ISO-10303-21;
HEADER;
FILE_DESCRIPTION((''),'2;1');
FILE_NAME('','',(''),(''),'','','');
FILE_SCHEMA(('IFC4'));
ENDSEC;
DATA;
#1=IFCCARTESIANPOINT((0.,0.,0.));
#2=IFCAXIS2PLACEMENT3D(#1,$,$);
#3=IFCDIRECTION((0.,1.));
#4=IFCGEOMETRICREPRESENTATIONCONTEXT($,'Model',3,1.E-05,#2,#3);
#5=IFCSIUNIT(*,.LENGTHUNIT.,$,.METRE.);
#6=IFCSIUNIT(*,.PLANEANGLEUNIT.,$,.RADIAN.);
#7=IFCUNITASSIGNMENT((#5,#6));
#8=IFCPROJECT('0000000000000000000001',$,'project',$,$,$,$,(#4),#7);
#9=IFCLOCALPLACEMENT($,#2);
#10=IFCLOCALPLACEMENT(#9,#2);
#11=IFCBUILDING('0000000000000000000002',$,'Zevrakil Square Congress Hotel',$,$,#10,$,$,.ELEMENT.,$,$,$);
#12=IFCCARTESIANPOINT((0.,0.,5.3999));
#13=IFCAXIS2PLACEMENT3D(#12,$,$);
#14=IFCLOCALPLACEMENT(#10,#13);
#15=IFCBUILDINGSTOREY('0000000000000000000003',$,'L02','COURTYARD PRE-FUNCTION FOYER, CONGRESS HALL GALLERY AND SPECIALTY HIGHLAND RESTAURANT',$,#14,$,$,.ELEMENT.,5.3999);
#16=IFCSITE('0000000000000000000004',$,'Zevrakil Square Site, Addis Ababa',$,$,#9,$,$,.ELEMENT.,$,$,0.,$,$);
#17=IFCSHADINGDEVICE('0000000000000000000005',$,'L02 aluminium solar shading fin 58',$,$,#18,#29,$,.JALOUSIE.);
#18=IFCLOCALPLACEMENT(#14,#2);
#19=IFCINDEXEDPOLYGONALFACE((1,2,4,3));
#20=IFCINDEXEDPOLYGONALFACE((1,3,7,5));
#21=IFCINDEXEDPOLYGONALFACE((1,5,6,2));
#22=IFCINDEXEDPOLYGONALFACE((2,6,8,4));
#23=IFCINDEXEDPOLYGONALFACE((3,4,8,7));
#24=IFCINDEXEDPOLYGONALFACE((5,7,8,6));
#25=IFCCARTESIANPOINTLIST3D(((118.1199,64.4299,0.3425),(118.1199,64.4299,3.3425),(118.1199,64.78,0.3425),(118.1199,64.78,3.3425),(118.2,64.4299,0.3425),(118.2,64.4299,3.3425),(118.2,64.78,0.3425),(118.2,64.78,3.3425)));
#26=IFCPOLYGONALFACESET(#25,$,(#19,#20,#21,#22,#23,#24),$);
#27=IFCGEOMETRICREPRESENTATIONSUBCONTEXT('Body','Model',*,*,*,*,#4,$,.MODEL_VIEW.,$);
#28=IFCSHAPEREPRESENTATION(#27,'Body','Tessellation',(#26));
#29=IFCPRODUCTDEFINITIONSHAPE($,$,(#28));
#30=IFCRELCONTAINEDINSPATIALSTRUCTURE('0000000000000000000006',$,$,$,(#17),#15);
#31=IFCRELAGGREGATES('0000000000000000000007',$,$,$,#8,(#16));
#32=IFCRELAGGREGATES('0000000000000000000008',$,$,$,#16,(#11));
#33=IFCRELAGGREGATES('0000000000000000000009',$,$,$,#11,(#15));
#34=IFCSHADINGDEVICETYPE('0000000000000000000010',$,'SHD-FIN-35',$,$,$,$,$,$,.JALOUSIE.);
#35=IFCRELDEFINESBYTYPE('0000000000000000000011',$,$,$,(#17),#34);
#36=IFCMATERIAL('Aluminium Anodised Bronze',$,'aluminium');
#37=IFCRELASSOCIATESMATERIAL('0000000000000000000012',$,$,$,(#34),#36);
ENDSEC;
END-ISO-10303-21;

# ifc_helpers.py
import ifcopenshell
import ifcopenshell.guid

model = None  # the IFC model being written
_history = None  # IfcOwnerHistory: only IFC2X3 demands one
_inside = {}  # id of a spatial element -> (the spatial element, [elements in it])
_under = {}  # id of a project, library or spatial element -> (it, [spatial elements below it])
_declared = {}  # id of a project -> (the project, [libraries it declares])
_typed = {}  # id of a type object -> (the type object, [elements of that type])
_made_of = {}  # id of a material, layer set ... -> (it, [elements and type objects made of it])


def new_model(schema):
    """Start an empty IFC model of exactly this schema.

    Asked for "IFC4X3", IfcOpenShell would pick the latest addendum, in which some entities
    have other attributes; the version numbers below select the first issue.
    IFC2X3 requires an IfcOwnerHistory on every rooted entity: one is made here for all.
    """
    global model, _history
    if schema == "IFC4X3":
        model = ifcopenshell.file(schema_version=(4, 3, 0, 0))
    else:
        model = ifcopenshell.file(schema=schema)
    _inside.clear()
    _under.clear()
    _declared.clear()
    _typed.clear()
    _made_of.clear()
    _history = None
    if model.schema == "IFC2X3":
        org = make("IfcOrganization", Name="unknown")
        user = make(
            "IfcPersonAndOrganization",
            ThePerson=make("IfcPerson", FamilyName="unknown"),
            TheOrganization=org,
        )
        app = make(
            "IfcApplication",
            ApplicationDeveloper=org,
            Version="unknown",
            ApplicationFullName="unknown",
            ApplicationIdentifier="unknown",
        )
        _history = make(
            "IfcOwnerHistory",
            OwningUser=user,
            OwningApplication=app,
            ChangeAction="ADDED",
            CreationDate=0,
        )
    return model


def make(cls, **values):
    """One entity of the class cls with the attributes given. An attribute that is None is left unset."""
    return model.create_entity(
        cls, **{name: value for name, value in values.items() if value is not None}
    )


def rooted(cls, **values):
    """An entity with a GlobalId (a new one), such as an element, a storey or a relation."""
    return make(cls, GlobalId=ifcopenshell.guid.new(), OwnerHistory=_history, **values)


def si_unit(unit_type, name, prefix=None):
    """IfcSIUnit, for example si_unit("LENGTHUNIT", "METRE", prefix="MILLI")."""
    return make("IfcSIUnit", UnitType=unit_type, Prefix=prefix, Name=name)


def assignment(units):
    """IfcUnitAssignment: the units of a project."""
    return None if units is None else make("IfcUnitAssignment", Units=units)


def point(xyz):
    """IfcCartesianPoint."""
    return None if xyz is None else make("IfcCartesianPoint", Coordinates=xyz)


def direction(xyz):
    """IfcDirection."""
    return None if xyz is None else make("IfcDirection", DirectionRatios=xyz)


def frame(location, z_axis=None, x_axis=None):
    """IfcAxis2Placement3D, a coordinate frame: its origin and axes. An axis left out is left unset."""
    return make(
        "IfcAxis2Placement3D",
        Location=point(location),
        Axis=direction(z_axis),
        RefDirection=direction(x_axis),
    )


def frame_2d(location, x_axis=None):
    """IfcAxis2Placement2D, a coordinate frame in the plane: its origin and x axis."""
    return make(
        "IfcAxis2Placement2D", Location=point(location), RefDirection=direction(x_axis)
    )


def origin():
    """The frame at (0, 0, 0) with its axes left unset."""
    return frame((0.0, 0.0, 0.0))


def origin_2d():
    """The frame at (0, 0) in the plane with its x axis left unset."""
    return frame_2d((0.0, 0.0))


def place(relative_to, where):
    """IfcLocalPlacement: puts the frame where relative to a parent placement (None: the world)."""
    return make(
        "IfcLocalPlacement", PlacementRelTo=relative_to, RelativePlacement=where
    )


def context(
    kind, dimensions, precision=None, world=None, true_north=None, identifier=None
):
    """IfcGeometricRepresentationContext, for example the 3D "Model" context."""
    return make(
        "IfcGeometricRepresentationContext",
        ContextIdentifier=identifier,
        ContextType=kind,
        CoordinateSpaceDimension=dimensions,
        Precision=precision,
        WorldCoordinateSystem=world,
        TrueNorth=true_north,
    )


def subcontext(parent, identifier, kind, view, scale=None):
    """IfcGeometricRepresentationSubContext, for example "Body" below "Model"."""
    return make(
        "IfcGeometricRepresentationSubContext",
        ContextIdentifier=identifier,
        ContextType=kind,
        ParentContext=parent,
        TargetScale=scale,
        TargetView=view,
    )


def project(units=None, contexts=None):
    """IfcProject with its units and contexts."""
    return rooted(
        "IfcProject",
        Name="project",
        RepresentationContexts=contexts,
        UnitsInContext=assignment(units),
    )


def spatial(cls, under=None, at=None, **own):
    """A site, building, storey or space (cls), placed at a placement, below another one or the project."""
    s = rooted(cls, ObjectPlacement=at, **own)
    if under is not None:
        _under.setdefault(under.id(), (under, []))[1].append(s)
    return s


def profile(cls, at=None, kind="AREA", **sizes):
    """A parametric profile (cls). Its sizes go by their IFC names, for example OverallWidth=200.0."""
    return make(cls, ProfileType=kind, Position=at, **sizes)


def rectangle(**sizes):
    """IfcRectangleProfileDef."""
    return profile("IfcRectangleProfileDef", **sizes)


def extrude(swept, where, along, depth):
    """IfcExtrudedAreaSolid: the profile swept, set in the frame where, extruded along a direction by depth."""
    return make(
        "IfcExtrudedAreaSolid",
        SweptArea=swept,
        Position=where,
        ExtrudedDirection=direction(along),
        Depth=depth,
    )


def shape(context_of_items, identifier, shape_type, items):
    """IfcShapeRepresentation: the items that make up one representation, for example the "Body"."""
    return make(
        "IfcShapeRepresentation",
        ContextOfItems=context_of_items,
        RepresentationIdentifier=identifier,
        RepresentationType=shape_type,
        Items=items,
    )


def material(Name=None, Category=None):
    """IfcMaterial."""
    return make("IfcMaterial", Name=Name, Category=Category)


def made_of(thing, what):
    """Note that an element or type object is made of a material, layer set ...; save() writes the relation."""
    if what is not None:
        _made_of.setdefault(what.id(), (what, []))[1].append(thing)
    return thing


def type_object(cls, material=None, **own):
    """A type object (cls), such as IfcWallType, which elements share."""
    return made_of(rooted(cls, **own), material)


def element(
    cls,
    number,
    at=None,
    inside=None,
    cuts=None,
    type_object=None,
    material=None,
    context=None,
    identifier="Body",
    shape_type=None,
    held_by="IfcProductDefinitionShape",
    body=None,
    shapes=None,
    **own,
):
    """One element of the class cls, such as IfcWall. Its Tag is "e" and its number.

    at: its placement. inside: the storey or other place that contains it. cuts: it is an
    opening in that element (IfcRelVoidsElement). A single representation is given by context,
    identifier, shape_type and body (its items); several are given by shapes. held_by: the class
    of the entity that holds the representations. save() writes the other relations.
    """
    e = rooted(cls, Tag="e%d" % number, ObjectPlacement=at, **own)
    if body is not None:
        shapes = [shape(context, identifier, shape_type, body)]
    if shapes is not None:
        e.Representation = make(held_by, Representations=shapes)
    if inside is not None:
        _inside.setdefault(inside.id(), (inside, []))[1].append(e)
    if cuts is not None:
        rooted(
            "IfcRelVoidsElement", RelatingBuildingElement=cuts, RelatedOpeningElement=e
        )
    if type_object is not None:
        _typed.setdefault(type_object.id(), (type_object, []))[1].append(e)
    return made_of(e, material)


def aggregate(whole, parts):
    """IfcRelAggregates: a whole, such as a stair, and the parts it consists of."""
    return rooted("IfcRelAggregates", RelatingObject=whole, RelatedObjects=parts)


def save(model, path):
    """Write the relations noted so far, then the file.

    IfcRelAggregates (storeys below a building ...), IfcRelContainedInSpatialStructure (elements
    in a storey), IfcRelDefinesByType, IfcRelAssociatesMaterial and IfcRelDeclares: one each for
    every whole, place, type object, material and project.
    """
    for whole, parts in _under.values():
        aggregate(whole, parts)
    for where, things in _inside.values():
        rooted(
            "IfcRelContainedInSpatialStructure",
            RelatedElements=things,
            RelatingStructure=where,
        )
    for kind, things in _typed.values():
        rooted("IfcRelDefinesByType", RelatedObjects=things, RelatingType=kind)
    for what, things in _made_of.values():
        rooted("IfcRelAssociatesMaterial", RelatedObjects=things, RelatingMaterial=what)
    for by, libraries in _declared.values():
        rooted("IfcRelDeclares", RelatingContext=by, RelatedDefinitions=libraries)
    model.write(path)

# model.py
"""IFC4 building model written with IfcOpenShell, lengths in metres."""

from ifc_helpers import new_model, si_unit, direction, frame, origin, origin_2d, place, context, subcontext, project, spatial, rectangle, extrude, material, type_object, element, save


model = new_model("IFC4")

# Units and contexts
model_context = context("Model", 3, precision=1e-05, world=origin(), true_north=direction((0.0, 1.0)))
body_context = subcontext(model_context, "Body", "Model", "MODEL_VIEW")
ifc_project = project(units=[si_unit("LENGTHUNIT", "METRE"), si_unit("PLANEANGLEUNIT", "RADIAN")], contexts=[model_context])

# Site, building, storey
site_placement = place(None, origin())
site = spatial("IfcSite", under=ifc_project, at=site_placement, Name="Zevrakil Square Site, Addis Ababa", CompositionType="ELEMENT", RefElevation=0.0)
building_placement = place(site_placement, origin())
building = spatial("IfcBuilding", under=site, at=building_placement, Name="Zevrakil Square Congress Hotel", CompositionType="ELEMENT")
storey_placement = place(building_placement, frame((0.0, 0.0, 5.3999)))
storey = spatial("IfcBuildingStorey", under=building, at=storey_placement, Name="L02", Description="COURTYARD PRE-FUNCTION FOYER, CONGRESS HALL GALLERY AND SPECIALTY HIGHLAND RESTAURANT", CompositionType="ELEMENT", Elevation=5.3999)

# Shading device
ifc_material_1 = material(Name="Aluminium Anodised Bronze", Category="aluminium")
shading_device_type = type_object("IfcShadingDeviceType", Name="SHD-FIN-35", PredefinedType="JALOUSIE", material=ifc_material_1)
shading_device_placement = place(storey_placement, frame((118.1599, 64.605, 0.3425), z_axis=(0.0, 0.0, 1.0), x_axis=(0.0, -1.0, 0.0)))
element("IfcShadingDevice", 1, at=shading_device_placement, inside=storey, type_object=shading_device_type, Name="L02 aluminium solar shading fin 58", PredefinedType="JALOUSIE", context=body_context, shape_type="SweptSolid", body=[
    extrude(rectangle(XDim=0.3501, YDim=0.0801, at=origin_2d()), origin(), (0.0, 0.0, 1.0), 3.0),
])

save(model, "model.ifc")
